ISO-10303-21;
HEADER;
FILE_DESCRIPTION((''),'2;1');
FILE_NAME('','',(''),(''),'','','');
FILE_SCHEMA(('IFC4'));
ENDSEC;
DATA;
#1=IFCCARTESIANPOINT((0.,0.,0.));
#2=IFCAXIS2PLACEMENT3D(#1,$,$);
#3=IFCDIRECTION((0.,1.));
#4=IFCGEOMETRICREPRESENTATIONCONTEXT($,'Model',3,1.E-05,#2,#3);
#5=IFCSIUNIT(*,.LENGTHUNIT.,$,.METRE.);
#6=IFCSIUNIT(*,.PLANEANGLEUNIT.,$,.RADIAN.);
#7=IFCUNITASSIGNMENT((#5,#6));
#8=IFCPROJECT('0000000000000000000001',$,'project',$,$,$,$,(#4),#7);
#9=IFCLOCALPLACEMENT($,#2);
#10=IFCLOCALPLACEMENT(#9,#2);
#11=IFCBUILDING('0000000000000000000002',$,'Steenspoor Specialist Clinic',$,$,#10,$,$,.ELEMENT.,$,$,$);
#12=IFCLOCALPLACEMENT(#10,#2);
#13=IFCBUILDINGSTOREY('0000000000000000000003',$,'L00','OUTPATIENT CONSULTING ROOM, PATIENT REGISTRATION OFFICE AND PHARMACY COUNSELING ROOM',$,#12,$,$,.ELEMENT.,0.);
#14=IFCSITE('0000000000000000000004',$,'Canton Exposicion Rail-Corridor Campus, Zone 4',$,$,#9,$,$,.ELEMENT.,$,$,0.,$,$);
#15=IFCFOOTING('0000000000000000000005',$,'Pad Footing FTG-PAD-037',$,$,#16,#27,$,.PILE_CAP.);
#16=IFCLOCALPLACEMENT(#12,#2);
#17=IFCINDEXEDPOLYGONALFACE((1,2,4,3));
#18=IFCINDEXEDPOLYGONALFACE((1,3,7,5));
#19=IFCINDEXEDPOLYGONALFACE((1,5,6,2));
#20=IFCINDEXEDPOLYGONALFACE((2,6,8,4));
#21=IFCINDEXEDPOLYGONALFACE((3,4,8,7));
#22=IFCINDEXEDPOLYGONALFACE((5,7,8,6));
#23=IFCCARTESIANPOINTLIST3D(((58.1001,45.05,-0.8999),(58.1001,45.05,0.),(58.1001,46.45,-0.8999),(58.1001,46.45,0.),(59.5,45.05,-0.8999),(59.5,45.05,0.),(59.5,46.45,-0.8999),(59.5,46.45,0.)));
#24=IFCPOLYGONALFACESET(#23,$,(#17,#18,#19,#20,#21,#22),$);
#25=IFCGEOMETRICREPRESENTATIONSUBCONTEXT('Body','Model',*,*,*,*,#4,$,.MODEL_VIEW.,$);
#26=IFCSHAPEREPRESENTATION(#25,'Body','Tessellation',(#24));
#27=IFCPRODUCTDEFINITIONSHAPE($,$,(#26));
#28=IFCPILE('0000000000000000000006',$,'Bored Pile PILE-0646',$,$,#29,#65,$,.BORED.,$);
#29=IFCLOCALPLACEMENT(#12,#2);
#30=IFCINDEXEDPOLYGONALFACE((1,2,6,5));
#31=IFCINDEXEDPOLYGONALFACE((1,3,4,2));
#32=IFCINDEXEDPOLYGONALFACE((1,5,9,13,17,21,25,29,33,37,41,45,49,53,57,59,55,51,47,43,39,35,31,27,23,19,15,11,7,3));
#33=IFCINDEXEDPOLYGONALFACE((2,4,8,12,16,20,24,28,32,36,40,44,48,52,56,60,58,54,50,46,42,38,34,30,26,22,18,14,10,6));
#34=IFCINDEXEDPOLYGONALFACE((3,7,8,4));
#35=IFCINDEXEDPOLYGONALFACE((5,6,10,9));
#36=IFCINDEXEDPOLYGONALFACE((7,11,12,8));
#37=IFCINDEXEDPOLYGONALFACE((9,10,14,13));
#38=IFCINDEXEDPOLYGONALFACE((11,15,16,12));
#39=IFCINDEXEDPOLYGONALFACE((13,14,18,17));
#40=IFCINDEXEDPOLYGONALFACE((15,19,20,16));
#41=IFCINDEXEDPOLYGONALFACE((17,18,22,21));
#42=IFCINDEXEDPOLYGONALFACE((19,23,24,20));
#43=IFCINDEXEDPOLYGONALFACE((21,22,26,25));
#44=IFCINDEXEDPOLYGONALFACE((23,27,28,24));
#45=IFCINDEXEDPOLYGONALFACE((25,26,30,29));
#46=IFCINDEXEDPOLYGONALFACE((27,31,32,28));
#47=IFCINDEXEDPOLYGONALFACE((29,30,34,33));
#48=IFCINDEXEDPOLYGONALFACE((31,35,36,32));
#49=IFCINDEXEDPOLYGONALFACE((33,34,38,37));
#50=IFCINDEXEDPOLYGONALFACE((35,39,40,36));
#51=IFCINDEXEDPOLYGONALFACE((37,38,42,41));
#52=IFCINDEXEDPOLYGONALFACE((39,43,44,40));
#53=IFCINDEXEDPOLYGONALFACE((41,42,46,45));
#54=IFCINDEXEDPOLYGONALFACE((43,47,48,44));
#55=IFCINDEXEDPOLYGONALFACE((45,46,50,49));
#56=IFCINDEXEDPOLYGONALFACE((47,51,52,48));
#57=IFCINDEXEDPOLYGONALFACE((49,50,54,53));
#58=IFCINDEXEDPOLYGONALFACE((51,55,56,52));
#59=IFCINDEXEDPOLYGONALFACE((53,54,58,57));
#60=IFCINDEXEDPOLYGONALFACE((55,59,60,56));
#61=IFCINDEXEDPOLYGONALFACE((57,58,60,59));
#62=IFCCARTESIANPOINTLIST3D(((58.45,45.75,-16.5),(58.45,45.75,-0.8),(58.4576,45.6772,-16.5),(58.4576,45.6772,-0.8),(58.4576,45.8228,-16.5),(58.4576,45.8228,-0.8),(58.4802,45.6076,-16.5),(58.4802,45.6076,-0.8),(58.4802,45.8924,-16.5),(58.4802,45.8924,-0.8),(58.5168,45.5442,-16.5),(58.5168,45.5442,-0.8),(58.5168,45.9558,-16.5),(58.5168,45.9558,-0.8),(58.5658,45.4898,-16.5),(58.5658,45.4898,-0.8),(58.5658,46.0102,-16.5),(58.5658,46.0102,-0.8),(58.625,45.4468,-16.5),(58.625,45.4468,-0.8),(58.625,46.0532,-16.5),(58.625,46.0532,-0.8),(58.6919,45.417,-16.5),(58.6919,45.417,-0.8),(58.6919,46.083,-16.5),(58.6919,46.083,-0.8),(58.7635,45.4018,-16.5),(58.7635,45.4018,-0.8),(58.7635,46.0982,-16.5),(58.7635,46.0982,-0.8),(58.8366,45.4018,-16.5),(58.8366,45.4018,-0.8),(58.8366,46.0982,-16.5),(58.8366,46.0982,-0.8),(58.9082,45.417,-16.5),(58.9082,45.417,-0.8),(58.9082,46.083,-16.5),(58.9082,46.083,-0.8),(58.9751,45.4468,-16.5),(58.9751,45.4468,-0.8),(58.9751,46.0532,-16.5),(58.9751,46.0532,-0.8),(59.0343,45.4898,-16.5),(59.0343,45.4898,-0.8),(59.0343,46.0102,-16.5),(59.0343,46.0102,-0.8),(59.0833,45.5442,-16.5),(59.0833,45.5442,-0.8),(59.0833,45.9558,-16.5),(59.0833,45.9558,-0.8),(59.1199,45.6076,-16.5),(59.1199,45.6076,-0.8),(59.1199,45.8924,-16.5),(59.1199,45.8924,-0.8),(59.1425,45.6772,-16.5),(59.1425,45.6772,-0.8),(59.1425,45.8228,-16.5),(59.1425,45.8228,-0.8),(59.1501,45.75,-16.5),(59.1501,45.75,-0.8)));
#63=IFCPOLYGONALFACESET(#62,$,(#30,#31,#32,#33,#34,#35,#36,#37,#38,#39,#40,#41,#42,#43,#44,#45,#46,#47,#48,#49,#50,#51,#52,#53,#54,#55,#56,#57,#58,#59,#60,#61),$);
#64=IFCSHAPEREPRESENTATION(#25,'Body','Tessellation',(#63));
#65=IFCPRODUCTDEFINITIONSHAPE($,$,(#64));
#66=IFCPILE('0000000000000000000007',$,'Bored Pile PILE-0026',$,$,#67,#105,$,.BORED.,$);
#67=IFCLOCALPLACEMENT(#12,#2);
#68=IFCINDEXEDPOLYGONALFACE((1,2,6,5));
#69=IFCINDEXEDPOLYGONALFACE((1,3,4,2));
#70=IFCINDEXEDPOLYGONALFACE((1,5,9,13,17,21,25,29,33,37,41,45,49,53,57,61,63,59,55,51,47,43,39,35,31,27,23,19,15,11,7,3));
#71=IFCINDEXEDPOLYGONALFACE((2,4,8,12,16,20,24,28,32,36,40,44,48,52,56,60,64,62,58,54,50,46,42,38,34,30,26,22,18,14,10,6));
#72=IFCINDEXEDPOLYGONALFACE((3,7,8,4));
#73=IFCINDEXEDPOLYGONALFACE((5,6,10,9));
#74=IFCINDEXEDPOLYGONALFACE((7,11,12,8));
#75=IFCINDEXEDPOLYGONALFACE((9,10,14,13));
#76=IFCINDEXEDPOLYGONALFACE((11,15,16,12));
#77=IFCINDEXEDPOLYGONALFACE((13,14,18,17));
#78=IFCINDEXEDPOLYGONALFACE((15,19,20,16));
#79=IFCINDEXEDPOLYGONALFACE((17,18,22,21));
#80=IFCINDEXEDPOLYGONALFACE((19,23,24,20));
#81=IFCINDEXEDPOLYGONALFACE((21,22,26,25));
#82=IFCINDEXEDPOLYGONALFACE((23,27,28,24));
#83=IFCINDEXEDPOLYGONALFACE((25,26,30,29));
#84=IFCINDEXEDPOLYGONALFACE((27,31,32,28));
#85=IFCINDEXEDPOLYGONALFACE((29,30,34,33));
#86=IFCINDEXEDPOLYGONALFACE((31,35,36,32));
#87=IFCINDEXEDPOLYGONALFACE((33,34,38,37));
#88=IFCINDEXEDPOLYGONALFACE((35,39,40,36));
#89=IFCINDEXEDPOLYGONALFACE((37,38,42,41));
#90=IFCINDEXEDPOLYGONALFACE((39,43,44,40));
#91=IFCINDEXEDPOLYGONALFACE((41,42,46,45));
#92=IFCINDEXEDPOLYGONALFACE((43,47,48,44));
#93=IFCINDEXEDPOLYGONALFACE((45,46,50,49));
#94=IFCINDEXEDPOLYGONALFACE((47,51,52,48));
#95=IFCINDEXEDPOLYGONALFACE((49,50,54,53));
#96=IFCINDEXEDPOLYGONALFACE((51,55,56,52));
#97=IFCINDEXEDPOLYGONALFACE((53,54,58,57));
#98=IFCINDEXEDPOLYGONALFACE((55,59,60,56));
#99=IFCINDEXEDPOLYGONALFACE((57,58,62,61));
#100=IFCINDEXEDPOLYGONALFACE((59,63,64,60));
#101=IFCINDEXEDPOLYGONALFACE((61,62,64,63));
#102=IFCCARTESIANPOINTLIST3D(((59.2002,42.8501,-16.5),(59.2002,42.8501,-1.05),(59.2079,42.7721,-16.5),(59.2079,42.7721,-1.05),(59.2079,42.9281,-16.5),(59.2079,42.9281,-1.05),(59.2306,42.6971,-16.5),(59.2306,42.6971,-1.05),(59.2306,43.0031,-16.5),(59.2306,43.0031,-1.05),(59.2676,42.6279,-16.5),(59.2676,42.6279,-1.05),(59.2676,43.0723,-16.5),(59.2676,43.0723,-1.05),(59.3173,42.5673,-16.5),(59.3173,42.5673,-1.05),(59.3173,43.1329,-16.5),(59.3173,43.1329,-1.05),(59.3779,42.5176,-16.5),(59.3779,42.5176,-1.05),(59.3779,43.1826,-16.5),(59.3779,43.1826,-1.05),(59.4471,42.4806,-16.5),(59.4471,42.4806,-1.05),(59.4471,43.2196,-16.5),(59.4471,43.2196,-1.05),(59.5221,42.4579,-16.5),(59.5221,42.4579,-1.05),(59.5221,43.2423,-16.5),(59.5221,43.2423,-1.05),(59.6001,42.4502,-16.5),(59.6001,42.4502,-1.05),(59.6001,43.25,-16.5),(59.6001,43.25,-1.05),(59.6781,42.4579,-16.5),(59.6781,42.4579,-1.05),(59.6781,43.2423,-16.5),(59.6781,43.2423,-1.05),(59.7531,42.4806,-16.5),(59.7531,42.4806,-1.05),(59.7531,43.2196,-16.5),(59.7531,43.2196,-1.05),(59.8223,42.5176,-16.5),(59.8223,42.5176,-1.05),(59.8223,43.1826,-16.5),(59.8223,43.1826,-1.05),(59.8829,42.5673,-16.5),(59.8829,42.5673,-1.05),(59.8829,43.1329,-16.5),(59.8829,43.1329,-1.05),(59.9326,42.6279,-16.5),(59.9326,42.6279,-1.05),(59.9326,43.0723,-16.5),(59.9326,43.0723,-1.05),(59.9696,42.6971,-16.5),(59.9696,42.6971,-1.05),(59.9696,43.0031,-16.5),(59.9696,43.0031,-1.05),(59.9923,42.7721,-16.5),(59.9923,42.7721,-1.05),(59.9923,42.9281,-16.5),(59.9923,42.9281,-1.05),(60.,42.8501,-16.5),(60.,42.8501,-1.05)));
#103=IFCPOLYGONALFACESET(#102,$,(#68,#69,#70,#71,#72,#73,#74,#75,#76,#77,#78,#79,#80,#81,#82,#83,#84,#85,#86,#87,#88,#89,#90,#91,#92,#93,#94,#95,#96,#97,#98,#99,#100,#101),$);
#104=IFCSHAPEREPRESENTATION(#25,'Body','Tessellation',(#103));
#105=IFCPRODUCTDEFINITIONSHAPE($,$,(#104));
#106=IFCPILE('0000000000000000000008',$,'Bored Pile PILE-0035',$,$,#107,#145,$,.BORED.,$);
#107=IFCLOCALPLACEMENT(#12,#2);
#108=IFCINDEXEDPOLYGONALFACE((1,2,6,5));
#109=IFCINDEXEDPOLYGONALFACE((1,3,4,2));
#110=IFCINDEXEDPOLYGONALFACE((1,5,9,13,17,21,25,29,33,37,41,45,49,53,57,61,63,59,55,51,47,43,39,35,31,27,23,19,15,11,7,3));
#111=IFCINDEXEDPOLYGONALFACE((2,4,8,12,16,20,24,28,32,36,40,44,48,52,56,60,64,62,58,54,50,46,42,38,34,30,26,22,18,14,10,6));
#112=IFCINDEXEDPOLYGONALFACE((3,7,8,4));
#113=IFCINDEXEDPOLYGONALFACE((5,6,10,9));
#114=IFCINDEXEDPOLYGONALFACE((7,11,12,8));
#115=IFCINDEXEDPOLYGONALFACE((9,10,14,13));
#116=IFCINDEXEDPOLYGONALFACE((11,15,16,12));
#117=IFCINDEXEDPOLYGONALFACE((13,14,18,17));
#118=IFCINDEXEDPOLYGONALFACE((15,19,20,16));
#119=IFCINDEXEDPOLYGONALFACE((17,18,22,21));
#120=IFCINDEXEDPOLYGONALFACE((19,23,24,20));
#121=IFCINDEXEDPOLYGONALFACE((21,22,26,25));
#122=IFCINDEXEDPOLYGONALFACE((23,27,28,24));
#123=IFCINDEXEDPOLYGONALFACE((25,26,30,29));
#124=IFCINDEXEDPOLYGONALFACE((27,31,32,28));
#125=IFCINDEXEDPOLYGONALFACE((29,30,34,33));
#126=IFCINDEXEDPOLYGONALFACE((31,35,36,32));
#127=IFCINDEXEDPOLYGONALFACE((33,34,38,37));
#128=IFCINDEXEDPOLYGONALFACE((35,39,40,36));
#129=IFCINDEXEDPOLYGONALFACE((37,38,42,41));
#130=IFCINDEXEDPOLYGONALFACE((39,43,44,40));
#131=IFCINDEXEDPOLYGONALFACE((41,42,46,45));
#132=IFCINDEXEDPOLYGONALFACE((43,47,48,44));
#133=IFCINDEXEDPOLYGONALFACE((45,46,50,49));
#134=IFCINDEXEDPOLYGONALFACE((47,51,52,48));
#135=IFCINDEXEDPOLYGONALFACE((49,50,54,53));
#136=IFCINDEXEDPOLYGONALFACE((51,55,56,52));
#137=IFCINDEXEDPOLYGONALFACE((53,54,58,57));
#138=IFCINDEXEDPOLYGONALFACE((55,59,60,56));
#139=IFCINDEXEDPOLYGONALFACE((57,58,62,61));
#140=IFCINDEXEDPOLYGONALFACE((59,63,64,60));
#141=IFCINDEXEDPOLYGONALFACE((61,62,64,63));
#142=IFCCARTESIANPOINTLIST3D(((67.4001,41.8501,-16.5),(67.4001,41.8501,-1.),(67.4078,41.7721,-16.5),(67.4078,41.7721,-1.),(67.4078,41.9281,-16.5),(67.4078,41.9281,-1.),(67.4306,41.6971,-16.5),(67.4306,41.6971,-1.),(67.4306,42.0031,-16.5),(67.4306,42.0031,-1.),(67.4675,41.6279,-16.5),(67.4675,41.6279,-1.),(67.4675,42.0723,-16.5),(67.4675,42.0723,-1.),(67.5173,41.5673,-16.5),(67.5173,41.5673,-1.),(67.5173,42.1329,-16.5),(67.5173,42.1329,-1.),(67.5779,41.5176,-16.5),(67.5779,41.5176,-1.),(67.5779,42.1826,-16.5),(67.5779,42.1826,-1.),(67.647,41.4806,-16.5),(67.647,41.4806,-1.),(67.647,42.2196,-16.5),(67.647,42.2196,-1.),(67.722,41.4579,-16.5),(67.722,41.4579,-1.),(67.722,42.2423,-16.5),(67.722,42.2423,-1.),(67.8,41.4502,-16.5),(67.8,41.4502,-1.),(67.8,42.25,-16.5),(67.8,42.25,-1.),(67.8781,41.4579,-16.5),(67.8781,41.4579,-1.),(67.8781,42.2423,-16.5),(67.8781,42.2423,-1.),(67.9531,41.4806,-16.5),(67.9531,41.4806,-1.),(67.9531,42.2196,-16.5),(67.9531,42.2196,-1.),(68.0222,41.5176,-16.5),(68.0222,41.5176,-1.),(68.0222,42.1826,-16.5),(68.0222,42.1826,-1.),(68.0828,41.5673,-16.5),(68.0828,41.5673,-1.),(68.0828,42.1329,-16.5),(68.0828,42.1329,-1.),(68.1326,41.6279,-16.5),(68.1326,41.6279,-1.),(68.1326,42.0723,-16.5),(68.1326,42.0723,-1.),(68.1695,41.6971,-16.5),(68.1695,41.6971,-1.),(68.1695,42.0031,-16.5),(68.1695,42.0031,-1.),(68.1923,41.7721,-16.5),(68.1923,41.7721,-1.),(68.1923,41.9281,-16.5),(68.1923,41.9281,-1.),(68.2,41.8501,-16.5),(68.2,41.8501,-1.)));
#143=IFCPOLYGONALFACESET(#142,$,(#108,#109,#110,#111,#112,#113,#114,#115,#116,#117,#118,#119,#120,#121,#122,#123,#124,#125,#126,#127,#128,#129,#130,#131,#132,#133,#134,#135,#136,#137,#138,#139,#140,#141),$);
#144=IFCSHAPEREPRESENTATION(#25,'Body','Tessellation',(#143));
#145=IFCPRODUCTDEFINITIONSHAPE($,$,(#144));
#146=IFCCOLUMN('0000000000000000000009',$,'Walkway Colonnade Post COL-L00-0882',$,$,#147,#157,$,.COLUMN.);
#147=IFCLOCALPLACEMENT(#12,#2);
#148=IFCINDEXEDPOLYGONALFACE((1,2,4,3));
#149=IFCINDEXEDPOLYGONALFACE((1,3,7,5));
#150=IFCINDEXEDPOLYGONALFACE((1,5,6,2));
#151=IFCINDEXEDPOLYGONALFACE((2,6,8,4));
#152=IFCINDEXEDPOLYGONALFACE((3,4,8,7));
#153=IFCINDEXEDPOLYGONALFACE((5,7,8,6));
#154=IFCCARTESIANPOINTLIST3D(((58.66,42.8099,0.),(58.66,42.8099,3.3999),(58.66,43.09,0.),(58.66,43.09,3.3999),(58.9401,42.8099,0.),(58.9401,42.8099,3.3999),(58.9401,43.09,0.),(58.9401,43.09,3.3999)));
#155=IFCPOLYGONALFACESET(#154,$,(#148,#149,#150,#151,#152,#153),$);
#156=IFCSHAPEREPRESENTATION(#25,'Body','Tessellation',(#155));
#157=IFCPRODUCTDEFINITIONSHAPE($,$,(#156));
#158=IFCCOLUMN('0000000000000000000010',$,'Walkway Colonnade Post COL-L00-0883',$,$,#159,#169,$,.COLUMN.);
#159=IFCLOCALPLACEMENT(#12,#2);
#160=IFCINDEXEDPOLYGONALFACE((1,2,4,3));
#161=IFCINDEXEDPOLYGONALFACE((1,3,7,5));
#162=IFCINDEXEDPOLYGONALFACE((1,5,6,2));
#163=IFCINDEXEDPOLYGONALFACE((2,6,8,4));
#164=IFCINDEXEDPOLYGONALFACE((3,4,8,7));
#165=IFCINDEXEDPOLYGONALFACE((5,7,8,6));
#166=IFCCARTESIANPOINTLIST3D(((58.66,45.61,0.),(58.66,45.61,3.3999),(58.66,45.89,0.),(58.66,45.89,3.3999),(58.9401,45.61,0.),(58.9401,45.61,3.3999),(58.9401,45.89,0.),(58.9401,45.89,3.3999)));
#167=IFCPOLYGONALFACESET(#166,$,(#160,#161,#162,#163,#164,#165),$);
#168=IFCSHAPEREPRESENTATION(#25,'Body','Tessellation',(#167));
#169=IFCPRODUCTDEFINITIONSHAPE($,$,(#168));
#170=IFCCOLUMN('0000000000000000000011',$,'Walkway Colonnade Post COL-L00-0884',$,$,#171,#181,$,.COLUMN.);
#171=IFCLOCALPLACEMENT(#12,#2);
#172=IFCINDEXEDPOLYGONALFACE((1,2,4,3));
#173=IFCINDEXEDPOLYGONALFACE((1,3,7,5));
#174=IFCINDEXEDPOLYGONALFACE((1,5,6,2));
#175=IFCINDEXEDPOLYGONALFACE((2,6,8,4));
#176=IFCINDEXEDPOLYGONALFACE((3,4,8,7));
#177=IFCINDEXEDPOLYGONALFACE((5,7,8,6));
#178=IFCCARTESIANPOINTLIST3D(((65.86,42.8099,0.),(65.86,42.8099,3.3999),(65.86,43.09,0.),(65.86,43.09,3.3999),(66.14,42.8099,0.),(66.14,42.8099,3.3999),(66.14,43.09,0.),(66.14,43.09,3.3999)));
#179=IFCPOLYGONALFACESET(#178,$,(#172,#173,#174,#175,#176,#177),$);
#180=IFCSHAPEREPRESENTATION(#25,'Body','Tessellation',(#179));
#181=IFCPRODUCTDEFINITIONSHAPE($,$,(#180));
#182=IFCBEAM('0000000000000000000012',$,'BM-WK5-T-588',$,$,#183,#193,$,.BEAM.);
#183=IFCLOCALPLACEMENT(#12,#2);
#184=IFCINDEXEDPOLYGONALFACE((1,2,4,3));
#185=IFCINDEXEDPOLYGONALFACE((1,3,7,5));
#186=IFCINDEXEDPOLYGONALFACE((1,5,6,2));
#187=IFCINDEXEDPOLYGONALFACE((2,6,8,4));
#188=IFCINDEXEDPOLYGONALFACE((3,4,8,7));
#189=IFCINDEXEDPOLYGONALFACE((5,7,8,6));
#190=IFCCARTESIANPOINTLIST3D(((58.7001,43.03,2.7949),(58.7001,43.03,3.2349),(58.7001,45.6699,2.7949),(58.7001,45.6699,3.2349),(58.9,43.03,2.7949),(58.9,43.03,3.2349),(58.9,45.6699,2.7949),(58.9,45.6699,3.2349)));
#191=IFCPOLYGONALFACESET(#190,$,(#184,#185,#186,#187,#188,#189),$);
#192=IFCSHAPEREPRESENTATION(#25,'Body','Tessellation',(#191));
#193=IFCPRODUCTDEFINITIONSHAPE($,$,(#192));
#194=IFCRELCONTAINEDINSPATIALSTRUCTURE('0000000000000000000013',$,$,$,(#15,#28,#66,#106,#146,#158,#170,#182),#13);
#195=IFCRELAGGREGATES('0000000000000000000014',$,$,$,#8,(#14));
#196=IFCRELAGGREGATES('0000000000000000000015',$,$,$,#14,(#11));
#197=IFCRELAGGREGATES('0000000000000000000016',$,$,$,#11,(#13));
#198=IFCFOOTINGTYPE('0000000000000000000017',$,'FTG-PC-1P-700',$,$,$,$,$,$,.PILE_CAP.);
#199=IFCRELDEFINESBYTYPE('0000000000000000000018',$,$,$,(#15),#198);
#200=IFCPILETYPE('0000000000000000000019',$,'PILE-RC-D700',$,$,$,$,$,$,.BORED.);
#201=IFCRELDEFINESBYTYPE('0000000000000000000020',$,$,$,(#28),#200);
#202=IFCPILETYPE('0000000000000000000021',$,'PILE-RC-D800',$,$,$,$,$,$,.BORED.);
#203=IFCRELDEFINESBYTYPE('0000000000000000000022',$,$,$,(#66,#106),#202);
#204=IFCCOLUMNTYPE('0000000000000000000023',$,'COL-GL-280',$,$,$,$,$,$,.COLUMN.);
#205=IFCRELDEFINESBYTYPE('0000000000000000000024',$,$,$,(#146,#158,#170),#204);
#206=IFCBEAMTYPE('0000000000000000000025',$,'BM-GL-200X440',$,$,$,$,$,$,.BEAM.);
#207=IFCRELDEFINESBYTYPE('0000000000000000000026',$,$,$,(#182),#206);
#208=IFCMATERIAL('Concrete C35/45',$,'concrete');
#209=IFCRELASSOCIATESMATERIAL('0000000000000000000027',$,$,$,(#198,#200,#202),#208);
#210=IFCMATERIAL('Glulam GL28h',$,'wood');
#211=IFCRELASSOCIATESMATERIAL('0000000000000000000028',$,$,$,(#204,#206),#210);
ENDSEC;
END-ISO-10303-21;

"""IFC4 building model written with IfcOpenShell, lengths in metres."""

from ifc_helpers import new_model, si_unit, direction, frame, origin, origin_2d, place, context, subcontext, project, spatial, rectangle, circle, extrude, material, material_profile, profile_set, type_object, element, save


model = new_model("IFC4")

# Units and contexts
model_context = context("Model", 3, precision=1e-05, world=origin(), true_north=direction((0.0, 1.0)))
body_context = subcontext(model_context, "Body", "Model", "MODEL_VIEW")
ifc_project = project(units=[si_unit("LENGTHUNIT", "METRE"), si_unit("PLANEANGLEUNIT", "RADIAN")], contexts=[model_context])

# Site, building, storey
site_placement = place(None, origin())
site = spatial("IfcSite", under=ifc_project, at=site_placement, Name="Canton Exposicion Rail-Corridor Campus, Zone 4", CompositionType="ELEMENT", RefElevation=0.0)
building_placement = place(site_placement, origin())
building = spatial("IfcBuilding", under=site, at=building_placement, Name="Steenspoor Specialist Clinic", CompositionType="ELEMENT")
storey_placement = place(building_placement, origin())
storey = spatial("IfcBuildingStorey", under=building, at=storey_placement, Name="L00", Description="OUTPATIENT CONSULTING ROOM, PATIENT REGISTRATION OFFICE AND PHARMACY COUNSELING ROOM", CompositionType="ELEMENT", Elevation=0.0)

# Footing
ifc_material_1 = material(Name="Concrete C35/45", Category="concrete")
footing_type = type_object("IfcFootingType", Name="FTG-PC-1P-700", PredefinedType="PILE_CAP", material=ifc_material_1)
footing_placement = place(storey_placement, frame((58.8, 45.75, -0.8999), z_axis=(0.0, 0.0, 1.0), x_axis=(1.0, 0.0, 0.0)))
element("IfcFooting", 1, at=footing_placement, inside=storey, type_object=footing_type, Name="Pad Footing FTG-PAD-037", PredefinedType="PILE_CAP", context=body_context, shape_type="SweptSolid", body=[
    extrude(rectangle(XDim=1.3999, YDim=1.3999, at=origin_2d()), origin(), (0.0, 0.0, 1.0), 0.8999),
])

# Piles
ifc_material_profile_1 = material_profile(ifc_material_1, circle(Radius=0.3501, at=origin_2d()), Name="PILE-D700")
ifc_profile_set_1 = profile_set([ifc_material_profile_1], Name="Concrete C35/45")
pile_type_1 = type_object("IfcPileType", Name="PILE-RC-D700", PredefinedType="BORED", material=ifc_profile_set_1)
pile_1_placement = place(storey_placement, frame((58.8, 45.75, -0.8), z_axis=(0.0, 0.0, -1.0), x_axis=(1.0, 0.0, 0.0)))
element("IfcPile", 2, at=pile_1_placement, inside=storey, type_object=pile_type_1, Name="Bored Pile PILE-0646", PredefinedType="BORED", context=body_context, shape_type="SweptSolid", body=[
    extrude(circle(Radius=0.3501, at=origin_2d()), origin(), (0.0, 0.0, 1.0), 15.7),
])
ifc_material_profile_2 = material_profile(ifc_material_1, circle(Radius=0.3999, at=origin_2d()), Name="PILE-D800")
ifc_profile_set_2 = profile_set([ifc_material_profile_2], Name="Concrete C35/45")
pile_type_2 = type_object("IfcPileType", Name="PILE-RC-D800", PredefinedType="BORED", material=ifc_profile_set_2)
pile_2_placement = place(storey_placement, frame((59.6001, 42.8501, -1.05), z_axis=(0.0, 0.0, -1.0), x_axis=(1.0, 0.0, 0.0)))
element("IfcPile", 3, at=pile_2_placement, inside=storey, type_object=pile_type_2, Name="Bored Pile PILE-0026", PredefinedType="BORED", context=body_context, shape_type="SweptSolid", body=[
    extrude(circle(Radius=0.3999, at=origin_2d()), origin(), (0.0, 0.0, 1.0), 15.45),
])
pile_3_placement = place(storey_placement, frame((67.8, 41.8501, -1.0), z_axis=(0.0, 0.0, -1.0), x_axis=(1.0, 0.0, 0.0)))
element("IfcPile", 4, at=pile_3_placement, inside=storey, type_object=pile_type_2, Name="Bored Pile PILE-0035", PredefinedType="BORED", context=body_context, shape_type="SweptSolid", body=[
    extrude(circle(Radius=0.3999, at=origin_2d()), origin(), (0.0, 0.0, 1.0), 15.5),
])

# Columns
ifc_material_2 = material(Name="Glulam GL28h", Category="wood")
ifc_material_profile_3 = material_profile(ifc_material_2, rectangle(XDim=0.28, YDim=0.28, at=origin_2d()), Name="GL28H-280X280")
ifc_profile_set_3 = profile_set([ifc_material_profile_3], Name="Glulam GL28h")
column_type = type_object("IfcColumnType", Name="COL-GL-280", PredefinedType="COLUMN", material=ifc_profile_set_3)
for number, where, z_axis, x_axis, name in (
    (5, (58.8, 42.95, 0.0), (0.0, 0.0, 1.0), (1.0, 0.0, 0.0), "Walkway Colonnade Post COL-L00-0882"),
    (6, (58.8, 45.75, 0.0), (0.0, 0.0, 1.0), (1.0, 0.0, 0.0), "Walkway Colonnade Post COL-L00-0883"),
    (7, (66.0, 42.95, 0.0), (0.0, 0.0, 1.0), (1.0, 0.0, 0.0), "Walkway Colonnade Post COL-L00-0884"),
):
    element("IfcColumn", number, at=place(storey_placement, frame(where, z_axis=z_axis, x_axis=x_axis)), inside=storey, type_object=column_type, Name=name, PredefinedType="COLUMN", context=body_context, shape_type="SweptSolid", body=[
        extrude(rectangle(XDim=0.28, YDim=0.28, at=origin_2d()), origin(), (0.0, 0.0, 1.0), 3.3999),
    ])

# Beam
ifc_material_profile_4 = material_profile(ifc_material_2, rectangle(XDim=0.2, YDim=0.4399, at=origin_2d()), Name="GL28H-200X440")
ifc_profile_set_4 = profile_set([ifc_material_profile_4], Name="Glulam GL28h")
beam_type = type_object("IfcBeamType", Name="BM-GL-200X440", PredefinedType="BEAM", material=ifc_profile_set_4)
for number, where, z_axis, x_axis, name in (
    (8, (58.8, 43.03, 3.0149), (0.0, 1.0, 0.0), (-1.0, 0.0, 0.0), "BM-WK5-T-588"),
):
    element("IfcBeam", number, at=place(storey_placement, frame(where, z_axis=z_axis, x_axis=x_axis)), inside=storey, type_object=beam_type, Name=name, PredefinedType="BEAM", context=body_context, shape_type="SweptSolid", body=[
        extrude(rectangle(XDim=0.2, YDim=0.4399, at=origin_2d()), origin(), (0.0, 0.0, 1.0), 2.6399),
    ])

save(model, "model.ifc")
